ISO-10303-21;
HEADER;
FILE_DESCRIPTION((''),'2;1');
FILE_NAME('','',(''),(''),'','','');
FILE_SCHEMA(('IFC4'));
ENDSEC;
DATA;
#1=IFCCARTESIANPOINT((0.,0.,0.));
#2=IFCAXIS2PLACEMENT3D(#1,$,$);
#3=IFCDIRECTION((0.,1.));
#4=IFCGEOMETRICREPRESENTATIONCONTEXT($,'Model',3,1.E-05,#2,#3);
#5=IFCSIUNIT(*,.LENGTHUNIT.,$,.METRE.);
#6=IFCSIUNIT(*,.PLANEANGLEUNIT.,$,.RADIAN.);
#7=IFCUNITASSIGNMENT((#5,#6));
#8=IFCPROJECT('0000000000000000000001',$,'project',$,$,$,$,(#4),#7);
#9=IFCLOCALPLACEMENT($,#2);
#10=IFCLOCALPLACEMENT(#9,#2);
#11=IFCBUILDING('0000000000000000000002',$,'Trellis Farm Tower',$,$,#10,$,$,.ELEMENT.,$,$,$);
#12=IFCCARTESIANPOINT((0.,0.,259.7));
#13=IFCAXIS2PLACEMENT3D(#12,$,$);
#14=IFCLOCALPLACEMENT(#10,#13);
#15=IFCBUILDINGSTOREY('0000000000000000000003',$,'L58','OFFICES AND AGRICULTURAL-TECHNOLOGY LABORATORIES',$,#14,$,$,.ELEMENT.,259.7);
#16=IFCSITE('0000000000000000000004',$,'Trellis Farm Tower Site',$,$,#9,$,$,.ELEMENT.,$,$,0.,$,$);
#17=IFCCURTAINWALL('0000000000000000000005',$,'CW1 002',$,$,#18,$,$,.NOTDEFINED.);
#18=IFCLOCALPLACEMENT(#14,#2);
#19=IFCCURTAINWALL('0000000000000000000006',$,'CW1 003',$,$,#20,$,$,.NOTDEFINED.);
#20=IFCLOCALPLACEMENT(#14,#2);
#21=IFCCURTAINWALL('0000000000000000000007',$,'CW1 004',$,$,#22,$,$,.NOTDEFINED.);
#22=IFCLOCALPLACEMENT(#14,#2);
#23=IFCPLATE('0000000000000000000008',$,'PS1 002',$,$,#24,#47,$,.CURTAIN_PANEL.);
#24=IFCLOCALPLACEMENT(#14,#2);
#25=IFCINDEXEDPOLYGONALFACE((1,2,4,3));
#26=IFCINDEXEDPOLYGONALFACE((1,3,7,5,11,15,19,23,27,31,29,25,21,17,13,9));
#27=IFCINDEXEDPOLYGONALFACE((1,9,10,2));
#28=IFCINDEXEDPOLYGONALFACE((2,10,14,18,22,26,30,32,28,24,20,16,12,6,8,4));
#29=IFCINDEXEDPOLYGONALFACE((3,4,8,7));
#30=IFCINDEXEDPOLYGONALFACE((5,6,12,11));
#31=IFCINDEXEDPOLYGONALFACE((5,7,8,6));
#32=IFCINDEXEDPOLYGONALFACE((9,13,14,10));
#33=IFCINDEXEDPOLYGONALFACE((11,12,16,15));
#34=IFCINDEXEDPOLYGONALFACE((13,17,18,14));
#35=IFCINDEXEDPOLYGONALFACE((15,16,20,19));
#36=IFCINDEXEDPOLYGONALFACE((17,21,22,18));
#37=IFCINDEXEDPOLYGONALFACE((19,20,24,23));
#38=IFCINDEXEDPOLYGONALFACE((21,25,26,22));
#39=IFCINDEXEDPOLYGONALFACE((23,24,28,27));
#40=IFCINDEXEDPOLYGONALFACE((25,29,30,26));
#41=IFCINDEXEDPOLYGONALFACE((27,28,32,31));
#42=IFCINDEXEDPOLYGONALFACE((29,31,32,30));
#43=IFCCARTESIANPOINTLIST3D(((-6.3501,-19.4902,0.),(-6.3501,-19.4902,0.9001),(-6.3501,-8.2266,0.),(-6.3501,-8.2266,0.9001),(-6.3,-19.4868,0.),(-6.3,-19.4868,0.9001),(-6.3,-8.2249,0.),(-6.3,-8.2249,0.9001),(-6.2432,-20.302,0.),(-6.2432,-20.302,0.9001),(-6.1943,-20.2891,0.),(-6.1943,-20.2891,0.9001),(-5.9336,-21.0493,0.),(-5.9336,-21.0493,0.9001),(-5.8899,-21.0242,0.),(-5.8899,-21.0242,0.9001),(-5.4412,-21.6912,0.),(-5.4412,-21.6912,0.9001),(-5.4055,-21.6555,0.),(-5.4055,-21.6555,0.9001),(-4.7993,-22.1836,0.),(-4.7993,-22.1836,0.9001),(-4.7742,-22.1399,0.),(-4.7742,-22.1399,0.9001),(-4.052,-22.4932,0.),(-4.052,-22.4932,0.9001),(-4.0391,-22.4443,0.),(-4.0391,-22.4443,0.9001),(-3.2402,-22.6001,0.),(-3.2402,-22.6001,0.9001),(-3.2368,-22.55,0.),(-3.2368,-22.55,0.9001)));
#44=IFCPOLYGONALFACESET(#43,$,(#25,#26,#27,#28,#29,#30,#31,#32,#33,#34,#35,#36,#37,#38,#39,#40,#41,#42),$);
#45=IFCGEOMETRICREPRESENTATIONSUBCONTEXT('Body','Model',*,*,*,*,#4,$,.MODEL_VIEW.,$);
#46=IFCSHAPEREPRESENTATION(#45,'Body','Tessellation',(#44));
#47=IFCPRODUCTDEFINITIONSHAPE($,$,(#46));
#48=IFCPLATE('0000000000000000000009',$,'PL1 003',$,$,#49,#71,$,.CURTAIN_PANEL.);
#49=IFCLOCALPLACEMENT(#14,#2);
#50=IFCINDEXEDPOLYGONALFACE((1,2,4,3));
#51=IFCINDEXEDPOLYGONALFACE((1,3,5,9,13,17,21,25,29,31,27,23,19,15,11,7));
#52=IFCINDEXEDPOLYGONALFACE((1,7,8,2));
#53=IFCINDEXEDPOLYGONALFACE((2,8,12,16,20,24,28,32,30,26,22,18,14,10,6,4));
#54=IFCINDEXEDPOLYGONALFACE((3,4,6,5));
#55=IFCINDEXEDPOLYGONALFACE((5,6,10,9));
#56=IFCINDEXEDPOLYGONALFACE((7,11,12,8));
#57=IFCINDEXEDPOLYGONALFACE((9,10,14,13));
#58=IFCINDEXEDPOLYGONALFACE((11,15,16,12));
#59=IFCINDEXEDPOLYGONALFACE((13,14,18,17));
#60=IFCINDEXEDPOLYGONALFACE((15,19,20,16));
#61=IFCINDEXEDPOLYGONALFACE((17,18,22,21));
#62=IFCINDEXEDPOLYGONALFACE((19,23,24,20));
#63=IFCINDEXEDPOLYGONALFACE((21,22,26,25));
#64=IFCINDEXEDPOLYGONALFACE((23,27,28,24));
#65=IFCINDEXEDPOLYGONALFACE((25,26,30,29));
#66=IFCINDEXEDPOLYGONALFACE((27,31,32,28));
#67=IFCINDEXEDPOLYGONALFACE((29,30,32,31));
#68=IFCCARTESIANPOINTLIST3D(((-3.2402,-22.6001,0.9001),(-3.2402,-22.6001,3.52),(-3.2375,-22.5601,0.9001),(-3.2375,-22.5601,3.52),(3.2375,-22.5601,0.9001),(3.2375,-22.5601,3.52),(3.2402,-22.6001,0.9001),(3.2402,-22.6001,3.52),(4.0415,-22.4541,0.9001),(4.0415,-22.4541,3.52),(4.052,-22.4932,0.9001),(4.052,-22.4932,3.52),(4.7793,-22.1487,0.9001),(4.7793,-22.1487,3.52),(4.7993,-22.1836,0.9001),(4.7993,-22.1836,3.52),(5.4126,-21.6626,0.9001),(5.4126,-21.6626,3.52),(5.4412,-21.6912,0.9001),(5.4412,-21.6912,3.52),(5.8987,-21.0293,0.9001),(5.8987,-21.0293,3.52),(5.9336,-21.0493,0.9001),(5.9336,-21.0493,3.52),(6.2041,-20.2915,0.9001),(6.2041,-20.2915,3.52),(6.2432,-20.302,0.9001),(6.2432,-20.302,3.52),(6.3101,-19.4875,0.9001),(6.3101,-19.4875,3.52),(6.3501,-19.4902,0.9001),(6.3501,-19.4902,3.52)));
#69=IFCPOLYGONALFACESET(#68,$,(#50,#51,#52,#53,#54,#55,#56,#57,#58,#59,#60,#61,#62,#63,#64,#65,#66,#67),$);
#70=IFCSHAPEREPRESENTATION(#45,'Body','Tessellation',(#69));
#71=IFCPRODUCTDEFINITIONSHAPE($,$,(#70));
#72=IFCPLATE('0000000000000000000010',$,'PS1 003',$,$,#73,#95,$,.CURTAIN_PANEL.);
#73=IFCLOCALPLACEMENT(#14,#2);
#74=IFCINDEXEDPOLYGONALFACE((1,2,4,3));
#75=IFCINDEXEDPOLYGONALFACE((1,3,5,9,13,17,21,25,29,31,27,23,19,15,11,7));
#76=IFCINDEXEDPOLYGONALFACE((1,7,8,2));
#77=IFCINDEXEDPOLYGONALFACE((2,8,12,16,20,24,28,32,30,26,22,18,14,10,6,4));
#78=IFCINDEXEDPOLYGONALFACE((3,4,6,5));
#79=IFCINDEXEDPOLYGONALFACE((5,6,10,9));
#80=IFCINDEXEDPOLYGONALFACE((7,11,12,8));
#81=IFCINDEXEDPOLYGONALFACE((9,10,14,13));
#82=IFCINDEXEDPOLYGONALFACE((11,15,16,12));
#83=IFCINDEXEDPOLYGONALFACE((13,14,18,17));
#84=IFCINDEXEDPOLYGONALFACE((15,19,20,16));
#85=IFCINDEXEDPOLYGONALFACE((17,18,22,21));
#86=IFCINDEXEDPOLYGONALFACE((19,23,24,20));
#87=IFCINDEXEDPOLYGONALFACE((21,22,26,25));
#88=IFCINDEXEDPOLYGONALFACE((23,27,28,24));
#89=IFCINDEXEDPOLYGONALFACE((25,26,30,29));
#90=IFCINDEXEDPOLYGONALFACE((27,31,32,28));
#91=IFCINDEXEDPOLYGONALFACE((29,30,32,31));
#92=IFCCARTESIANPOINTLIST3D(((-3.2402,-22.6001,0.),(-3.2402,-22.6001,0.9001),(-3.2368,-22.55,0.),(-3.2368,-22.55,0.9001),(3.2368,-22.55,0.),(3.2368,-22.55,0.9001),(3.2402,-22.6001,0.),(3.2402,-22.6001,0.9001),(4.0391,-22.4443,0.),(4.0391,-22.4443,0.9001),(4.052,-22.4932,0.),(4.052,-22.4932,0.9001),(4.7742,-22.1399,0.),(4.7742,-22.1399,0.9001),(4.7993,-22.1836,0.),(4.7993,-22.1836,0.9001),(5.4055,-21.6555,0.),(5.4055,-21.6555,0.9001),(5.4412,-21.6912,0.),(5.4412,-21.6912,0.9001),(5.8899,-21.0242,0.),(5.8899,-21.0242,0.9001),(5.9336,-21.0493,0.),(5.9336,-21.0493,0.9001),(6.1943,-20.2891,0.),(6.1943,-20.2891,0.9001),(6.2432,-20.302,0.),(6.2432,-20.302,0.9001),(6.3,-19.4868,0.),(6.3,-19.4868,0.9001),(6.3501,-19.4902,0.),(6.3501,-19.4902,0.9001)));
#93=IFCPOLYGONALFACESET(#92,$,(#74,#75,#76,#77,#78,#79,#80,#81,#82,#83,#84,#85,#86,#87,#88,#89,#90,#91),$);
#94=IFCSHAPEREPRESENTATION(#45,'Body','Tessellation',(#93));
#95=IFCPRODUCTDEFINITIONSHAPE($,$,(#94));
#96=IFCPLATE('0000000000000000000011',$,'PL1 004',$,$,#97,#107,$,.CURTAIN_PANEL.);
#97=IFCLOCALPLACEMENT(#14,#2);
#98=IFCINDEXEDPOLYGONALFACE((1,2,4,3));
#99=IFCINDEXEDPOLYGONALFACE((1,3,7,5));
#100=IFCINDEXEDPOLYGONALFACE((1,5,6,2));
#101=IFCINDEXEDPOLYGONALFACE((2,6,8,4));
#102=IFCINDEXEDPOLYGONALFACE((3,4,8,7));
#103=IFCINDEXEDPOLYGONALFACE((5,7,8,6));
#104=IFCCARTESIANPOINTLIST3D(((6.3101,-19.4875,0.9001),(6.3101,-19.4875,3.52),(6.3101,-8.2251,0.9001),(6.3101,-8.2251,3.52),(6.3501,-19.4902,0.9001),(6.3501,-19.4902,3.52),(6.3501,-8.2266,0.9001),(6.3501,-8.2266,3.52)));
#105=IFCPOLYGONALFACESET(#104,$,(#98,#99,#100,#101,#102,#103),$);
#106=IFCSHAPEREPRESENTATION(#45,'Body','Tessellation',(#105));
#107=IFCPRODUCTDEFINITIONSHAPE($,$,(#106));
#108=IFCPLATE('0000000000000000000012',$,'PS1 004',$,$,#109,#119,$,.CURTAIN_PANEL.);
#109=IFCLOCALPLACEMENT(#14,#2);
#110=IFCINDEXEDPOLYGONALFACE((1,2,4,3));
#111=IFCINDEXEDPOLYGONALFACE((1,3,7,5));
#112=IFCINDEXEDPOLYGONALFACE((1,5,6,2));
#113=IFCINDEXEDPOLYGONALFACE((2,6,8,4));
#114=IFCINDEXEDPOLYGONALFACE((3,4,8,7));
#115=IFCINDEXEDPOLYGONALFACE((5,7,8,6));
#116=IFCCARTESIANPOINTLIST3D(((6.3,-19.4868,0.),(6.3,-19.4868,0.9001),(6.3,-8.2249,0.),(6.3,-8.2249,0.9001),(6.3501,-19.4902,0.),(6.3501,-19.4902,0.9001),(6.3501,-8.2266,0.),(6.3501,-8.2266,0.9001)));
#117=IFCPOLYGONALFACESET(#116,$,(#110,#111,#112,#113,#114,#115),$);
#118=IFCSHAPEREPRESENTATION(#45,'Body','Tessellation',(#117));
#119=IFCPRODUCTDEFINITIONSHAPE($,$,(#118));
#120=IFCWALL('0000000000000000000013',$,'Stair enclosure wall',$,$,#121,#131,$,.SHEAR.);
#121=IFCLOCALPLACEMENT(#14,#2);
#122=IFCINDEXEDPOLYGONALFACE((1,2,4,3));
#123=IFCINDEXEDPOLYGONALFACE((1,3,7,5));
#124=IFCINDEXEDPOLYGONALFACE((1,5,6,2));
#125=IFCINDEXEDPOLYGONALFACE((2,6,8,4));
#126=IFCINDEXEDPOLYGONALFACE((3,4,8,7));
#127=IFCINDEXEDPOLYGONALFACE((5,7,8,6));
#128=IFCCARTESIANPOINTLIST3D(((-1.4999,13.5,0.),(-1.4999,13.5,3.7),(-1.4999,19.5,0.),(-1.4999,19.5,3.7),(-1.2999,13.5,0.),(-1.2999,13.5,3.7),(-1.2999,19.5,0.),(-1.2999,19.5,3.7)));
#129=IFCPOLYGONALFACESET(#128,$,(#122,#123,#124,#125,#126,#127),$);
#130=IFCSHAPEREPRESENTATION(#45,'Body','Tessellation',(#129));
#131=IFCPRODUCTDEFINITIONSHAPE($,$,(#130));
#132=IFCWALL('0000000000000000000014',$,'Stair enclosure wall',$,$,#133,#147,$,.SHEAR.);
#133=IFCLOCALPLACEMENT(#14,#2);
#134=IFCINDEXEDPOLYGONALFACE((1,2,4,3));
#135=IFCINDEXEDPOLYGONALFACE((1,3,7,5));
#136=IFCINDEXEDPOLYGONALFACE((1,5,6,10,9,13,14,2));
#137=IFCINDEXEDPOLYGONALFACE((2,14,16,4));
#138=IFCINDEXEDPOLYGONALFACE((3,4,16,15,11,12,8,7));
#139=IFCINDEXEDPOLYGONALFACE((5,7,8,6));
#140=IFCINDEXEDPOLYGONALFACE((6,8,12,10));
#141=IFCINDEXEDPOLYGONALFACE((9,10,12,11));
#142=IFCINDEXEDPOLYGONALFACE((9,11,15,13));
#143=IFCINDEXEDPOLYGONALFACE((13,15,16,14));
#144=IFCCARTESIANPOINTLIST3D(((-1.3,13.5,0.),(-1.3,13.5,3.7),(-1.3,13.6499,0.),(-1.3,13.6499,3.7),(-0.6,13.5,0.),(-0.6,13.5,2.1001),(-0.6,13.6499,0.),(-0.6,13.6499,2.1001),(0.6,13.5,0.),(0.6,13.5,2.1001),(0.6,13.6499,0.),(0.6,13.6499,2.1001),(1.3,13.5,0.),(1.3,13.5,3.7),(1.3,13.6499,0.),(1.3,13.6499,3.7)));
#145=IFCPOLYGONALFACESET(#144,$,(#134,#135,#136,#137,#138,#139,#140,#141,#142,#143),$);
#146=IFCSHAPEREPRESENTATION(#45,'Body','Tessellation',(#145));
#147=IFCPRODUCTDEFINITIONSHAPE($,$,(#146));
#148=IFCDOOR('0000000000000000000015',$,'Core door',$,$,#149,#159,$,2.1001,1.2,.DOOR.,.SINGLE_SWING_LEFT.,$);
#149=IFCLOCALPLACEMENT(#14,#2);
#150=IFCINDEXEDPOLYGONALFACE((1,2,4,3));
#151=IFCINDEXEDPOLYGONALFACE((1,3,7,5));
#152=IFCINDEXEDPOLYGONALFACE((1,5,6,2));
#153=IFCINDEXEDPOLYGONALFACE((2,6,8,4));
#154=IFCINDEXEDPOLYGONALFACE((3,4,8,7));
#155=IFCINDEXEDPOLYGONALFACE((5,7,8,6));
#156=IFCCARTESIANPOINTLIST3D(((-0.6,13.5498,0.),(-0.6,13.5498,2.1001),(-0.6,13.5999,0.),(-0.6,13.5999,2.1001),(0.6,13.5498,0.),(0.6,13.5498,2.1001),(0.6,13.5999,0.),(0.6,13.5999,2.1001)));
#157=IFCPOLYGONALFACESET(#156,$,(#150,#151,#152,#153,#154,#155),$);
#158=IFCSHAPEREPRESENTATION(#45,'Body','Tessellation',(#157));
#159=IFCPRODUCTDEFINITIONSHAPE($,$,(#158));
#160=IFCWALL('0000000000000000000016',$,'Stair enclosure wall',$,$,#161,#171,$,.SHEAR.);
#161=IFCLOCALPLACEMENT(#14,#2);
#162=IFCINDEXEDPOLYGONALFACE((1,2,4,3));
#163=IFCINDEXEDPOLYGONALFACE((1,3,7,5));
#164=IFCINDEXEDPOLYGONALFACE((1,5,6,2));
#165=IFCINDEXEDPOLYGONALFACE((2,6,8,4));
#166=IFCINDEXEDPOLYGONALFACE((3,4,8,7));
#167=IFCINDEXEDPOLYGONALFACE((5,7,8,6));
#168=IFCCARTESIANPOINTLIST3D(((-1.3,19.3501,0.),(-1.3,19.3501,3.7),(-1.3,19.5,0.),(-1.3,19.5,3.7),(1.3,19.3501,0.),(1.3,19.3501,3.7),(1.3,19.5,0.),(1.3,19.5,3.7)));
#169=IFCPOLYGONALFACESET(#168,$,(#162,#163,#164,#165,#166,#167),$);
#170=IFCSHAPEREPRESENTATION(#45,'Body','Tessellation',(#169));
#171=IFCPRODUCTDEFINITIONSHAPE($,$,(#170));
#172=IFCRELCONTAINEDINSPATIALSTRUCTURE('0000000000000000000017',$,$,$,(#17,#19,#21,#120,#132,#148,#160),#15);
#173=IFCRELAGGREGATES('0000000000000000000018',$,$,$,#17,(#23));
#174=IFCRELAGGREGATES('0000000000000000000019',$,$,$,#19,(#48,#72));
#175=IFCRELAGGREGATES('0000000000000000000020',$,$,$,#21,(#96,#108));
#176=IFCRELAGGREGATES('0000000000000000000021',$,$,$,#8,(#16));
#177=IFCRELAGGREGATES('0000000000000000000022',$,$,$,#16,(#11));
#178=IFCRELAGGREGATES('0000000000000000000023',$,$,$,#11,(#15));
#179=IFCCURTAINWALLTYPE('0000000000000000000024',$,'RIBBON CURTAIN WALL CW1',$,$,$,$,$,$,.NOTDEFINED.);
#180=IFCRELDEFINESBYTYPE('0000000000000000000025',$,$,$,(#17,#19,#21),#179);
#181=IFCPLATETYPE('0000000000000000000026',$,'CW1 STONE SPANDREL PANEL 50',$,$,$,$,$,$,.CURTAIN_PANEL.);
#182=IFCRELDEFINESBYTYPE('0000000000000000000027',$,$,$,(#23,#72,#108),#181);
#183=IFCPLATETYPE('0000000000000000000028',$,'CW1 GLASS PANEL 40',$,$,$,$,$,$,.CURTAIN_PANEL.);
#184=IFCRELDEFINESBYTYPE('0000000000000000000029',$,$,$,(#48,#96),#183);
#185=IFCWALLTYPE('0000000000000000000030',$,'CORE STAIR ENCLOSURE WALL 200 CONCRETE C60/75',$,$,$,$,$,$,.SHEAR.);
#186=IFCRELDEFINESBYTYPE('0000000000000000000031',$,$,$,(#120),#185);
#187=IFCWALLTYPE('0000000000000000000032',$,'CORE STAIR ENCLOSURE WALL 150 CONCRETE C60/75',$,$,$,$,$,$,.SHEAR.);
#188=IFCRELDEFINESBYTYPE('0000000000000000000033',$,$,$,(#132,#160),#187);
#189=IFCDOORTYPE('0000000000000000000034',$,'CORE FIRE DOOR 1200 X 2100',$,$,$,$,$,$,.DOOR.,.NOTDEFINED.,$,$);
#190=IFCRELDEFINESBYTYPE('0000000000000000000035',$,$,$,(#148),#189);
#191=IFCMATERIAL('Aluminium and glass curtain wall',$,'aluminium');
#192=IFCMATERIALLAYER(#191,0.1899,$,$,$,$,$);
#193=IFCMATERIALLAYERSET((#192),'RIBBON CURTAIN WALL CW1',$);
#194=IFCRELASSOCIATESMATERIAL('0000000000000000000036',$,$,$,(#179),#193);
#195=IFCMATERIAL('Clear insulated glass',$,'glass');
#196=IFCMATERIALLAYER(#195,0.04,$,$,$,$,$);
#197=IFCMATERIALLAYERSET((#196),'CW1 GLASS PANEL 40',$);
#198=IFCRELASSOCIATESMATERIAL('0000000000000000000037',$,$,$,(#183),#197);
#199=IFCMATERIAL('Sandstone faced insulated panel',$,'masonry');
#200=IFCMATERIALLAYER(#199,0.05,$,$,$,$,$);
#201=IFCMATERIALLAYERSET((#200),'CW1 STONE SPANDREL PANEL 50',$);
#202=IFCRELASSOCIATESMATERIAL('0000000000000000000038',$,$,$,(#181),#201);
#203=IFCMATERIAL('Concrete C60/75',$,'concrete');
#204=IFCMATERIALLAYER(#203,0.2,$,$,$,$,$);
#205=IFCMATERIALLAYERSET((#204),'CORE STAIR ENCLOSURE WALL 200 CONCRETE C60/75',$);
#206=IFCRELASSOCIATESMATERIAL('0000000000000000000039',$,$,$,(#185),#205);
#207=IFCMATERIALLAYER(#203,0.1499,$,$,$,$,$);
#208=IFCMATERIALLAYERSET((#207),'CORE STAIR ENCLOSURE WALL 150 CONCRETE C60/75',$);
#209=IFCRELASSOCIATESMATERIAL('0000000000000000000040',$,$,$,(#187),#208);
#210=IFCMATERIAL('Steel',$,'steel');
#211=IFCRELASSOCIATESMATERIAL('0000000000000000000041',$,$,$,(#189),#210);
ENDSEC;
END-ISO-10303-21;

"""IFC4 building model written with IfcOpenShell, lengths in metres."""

from ifc_helpers import new_model, si_unit, direction, frame, frame_2d, origin, place, context, subcontext, project, spatial, polyline, rectangle, outline, extrude, source, transform, mapped, material, layer, layer_set, type_object, element, fill, aggregate, save


model = new_model("IFC4")

# Units and contexts
model_context = context("Model", 3, precision=1e-05, world=origin(), true_north=direction((0.0, 1.0)))
body_context = subcontext(model_context, "Body", "Model", "MODEL_VIEW")
ifc_project = project(units=[si_unit("LENGTHUNIT", "METRE"), si_unit("PLANEANGLEUNIT", "RADIAN")], contexts=[model_context])

# Site, building, storey
site_placement = place(None, origin())
site = spatial("IfcSite", under=ifc_project, at=site_placement, Name="Trellis Farm Tower Site", CompositionType="ELEMENT", RefElevation=0.0)
building_placement = place(site_placement, origin())
building = spatial("IfcBuilding", under=site, at=building_placement, Name="Trellis Farm Tower", CompositionType="ELEMENT")
storey_placement = place(building_placement, frame((0.0, 0.0, 259.7)))
storey = spatial("IfcBuildingStorey", under=building, at=storey_placement, Name="L58", Description="OFFICES AND AGRICULTURAL-TECHNOLOGY LABORATORIES", CompositionType="ELEMENT", Elevation=259.7)

# Shared definitions
ifc_material_1 = material(Name="Concrete C60/75", Category="concrete")

# Curtain walls
ifc_material_2 = material(Name="Aluminium and glass curtain wall", Category="aluminium")
placement_1 = place(storey_placement, origin())
ifc_layer_1 = layer(ifc_material_2, 0.1899)
ifc_layer_set_1 = layer_set([ifc_layer_1], Name="RIBBON CURTAIN WALL CW1")
curtain_wall_type_1 = type_object("IfcCurtainWallType", Name="RIBBON CURTAIN WALL CW1", PredefinedType="NOTDEFINED", material=ifc_layer_set_1)
curtain_wall_1 = element("IfcCurtainWall", 1, at=placement_1, inside=storey, type_object=curtain_wall_type_1, Name="CW1 002", PredefinedType="NOTDEFINED")
curtain_wall_2 = element("IfcCurtainWall", 2, at=placement_1, inside=storey, type_object=curtain_wall_type_1, Name="CW1 003", PredefinedType="NOTDEFINED")
curtain_wall_3 = element("IfcCurtainWall", 3, at=placement_1, inside=storey, type_object=curtain_wall_type_1, Name="CW1 004", PredefinedType="NOTDEFINED")

# Plates
ifc_material_3 = material(Name="Clear insulated glass", Category="glass")
ifc_layer_2 = layer(ifc_material_3, 0.04)
ifc_layer_set_2 = layer_set([ifc_layer_2], Name="CW1 GLASS PANEL 40")
plate_type_1 = type_object("IfcPlateType", Name="CW1 GLASS PANEL 40", PredefinedType="CURTAIN_PANEL", material=ifc_layer_set_2)
placement_2 = place(storey_placement, frame((0.0, 0.0, 0.9001)))
ifc_material_4 = material(Name="Sandstone faced insulated panel", Category="masonry")
ifc_layer_3 = layer(ifc_material_4, 0.05)
ifc_layer_set_3 = layer_set([ifc_layer_3], Name="CW1 STONE SPANDREL PANEL 50")
plate_type_2 = type_object("IfcPlateType", Name="CW1 STONE SPANDREL PANEL 50", PredefinedType="CURTAIN_PANEL", material=ifc_layer_set_3)
shared_shape_1 = source(origin(), body_context, "Body", "SweptSolid", [
    extrude(outline(polyline([(-6.3501, -8.2266), (-6.3501, -19.4902), (-6.2432, -20.302), (-5.9336, -21.0493), (-5.4412, -21.6912), (-4.7993, -22.1836), (-4.052, -22.4932), (-3.2402, -22.6001), (-3.2368, -22.55), (-4.0391, -22.4443), (-4.7742, -22.1399), (-5.4055, -21.6555), (-5.8899, -21.0242), (-6.1943, -20.2891), (-6.3, -19.4868), (-6.3, -8.2249), (-6.3501, -8.2266)])), origin(), (0.0, 0.0, 1.0), 0.9001),
])
plate_1 = element("IfcPlate", 4, at=placement_1, type_object=plate_type_2, Name="PS1 002", PredefinedType="CURTAIN_PANEL", context=body_context, shape_type="MappedRepresentation", body=[
    mapped(shared_shape_1, transform((0.0, 0.0, 0.0))),
])
aggregate(curtain_wall_1, [plate_1])
shared_shape_2 = source(origin(), body_context, "Body", "SweptSolid", [
    extrude(outline(polyline([(-3.2402, -22.6001), (3.2402, -22.6001), (4.052, -22.4932), (4.7993, -22.1836), (5.4412, -21.6912), (5.9336, -21.0493), (6.2432, -20.302), (6.3501, -19.4902), (6.3101, -19.4875), (6.2041, -20.2915), (5.8987, -21.0293), (5.4126, -21.6626), (4.7793, -22.1487), (4.0415, -22.4541), (3.2375, -22.5601), (-3.2375, -22.5601), (-3.2402, -22.6001)])), origin(), (0.0, 0.0, 1.0), 2.6199),
])
plate_2 = element("IfcPlate", 5, at=placement_2, type_object=plate_type_1, Name="PL1 003", PredefinedType="CURTAIN_PANEL", context=body_context, shape_type="MappedRepresentation", body=[
    mapped(shared_shape_2, transform((0.0, 0.0, 0.0))),
])
shared_shape_3 = source(origin(), body_context, "Body", "SweptSolid", [
    extrude(outline(polyline([(-3.2402, -22.6001), (3.2402, -22.6001), (4.052, -22.4932), (4.7993, -22.1836), (5.4412, -21.6912), (5.9336, -21.0493), (6.2432, -20.302), (6.3501, -19.4902), (6.3, -19.4868), (6.1943, -20.2891), (5.8899, -21.0242), (5.4055, -21.6555), (4.7742, -22.1399), (4.0391, -22.4443), (3.2368, -22.55), (-3.2368, -22.55), (-3.2402, -22.6001)])), origin(), (0.0, 0.0, 1.0), 0.9001),
])
plate_3 = element("IfcPlate", 6, at=placement_1, type_object=plate_type_2, Name="PS1 003", PredefinedType="CURTAIN_PANEL", context=body_context, shape_type="MappedRepresentation", body=[
    mapped(shared_shape_3, transform((0.0, 0.0, 0.0))),
])
aggregate(curtain_wall_2, [plate_2, plate_3])
shared_shape_4 = source(origin(), body_context, "Body", "SweptSolid", [
    extrude(outline(polyline([(6.3501, -19.4902), (6.3501, -8.2266), (6.3101, -8.2251), (6.3101, -19.4875), (6.3501, -19.4902)])), origin(), (0.0, 0.0, 1.0), 2.6199),
])
plate_4 = element("IfcPlate", 7, at=placement_2, type_object=plate_type_1, Name="PL1 004", PredefinedType="CURTAIN_PANEL", context=body_context, shape_type="MappedRepresentation", body=[
    mapped(shared_shape_4, transform((0.0, 0.0, 0.0))),
])
shared_shape_5 = source(origin(), body_context, "Body", "SweptSolid", [
    extrude(outline(polyline([(6.3501, -19.4902), (6.3501, -8.2266), (6.3, -8.2249), (6.3, -19.4868), (6.3501, -19.4902)])), origin(), (0.0, 0.0, 1.0), 0.9001),
])
plate_5 = element("IfcPlate", 8, at=placement_1, type_object=plate_type_2, Name="PS1 004", PredefinedType="CURTAIN_PANEL", context=body_context, shape_type="MappedRepresentation", body=[
    mapped(shared_shape_5, transform((0.0, 0.0, 0.0))),
])
aggregate(curtain_wall_3, [plate_4, plate_5])

# Wall
ifc_layer_4 = layer(ifc_material_1, 0.2)
ifc_layer_set_4 = layer_set([ifc_layer_4], Name="CORE STAIR ENCLOSURE WALL 200 CONCRETE C60/75")
wall_type_1 = type_object("IfcWallType", Name="CORE STAIR ENCLOSURE WALL 200 CONCRETE C60/75", PredefinedType="SHEAR", material=ifc_layer_set_4)
shared_shape_6 = source(origin(), body_context, "Body", "SweptSolid", [
    extrude(rectangle(XDim=6.0, YDim=0.2, at=frame_2d((3.0, 0.0))), origin(), (0.0, 0.0, 1.0), 3.7),
])
wall_1_placement = place(storey_placement, frame((-1.3999, 13.5, 0.0), z_axis=(0.0, 0.0, 1.0), x_axis=(0.0, 1.0, 0.0)))
element("IfcWall", 9, at=wall_1_placement, inside=storey, type_object=wall_type_1, Name="Stair enclosure wall", PredefinedType="SHEAR", context=body_context, shape_type="MappedRepresentation", body=[
    mapped(shared_shape_6, transform((0.0, 0.0, 0.0))),
])

# Wall, opening, door
ifc_layer_5 = layer(ifc_material_1, 0.1499)
ifc_layer_set_5 = layer_set([ifc_layer_5], Name="CORE STAIR ENCLOSURE WALL 150 CONCRETE C60/75")
wall_type_2 = type_object("IfcWallType", Name="CORE STAIR ENCLOSURE WALL 150 CONCRETE C60/75", PredefinedType="SHEAR", material=ifc_layer_set_5)
shared_shape_7 = source(origin(), body_context, "Body", "SweptSolid", [
    extrude(rectangle(XDim=2.6001, YDim=0.1499, at=frame_2d((1.3, 0.0))), origin(), (0.0, 0.0, 1.0), 3.7),
])
wall_2_placement = place(storey_placement, frame((-1.3, 13.575, 0.0), z_axis=(0.0, 0.0, 1.0), x_axis=(1.0, 0.0, 0.0)))
wall_2 = element("IfcWall", 10, at=wall_2_placement, inside=storey, type_object=wall_type_2, Name="Stair enclosure wall", PredefinedType="SHEAR", context=body_context, shape_type="MappedRepresentation", body=[
    mapped(shared_shape_7, transform((0.0, 0.0, 0.0))),
])
shared_shape_8 = source(origin(), body_context, "Body", "SweptSolid", [
    extrude(rectangle(XDim=1.2, YDim=2.1001, at=frame_2d((0.6001, 1.05))), frame((0.0, 0.085, 0.0), z_axis=(0.0, -1.0, 0.0), x_axis=(1.0, 0.0, 0.0)), (0.0, 0.0, 1.0), 0.1699),
])
opening_1_placement = place(wall_2_placement, frame((0.7, 0.0, 0.0)))
opening_1 = element("IfcOpeningElement", 11, at=opening_1_placement, cuts=wall_2, PredefinedType="OPENING", context=body_context, shape_type="MappedRepresentation", body=[
    mapped(shared_shape_8, transform((0.0, 0.0, 0.0))),
])
ifc_material_5 = material(Name="Steel", Category="steel")
door_type_1 = type_object("IfcDoorType", Name="CORE FIRE DOOR 1200 X 2100", OperationType="NOTDEFINED", PredefinedType="DOOR", material=ifc_material_5)
shared_shape_9 = source(origin(), body_context, "Body", "SweptSolid", [
    extrude(rectangle(XDim=1.2, YDim=2.1001, at=frame_2d((0.6001, 1.05))), frame((0.0, 0.0249, 0.0), z_axis=(0.0, -1.0, 0.0), x_axis=(1.0, 0.0, 0.0)), (0.0, 0.0, 1.0), 0.05),
])
door_1_placement = place(opening_1_placement, origin())
door_1 = element("IfcDoor", 12, at=door_1_placement, inside=storey, type_object=door_type_1, Name="Core door", OperationType="SINGLE_SWING_LEFT", OverallHeight=2.1001, OverallWidth=1.2, PredefinedType="DOOR", context=body_context, shape_type="MappedRepresentation", body=[
    mapped(shared_shape_9, transform((0.0, 0.0, 0.0))),
])
fill(opening_1, door_1)

# Wall
wall_3_placement = place(storey_placement, frame((-1.3, 19.425, 0.0), z_axis=(0.0, 0.0, 1.0), x_axis=(1.0, 0.0, 0.0)))
element("IfcWall", 13, at=wall_3_placement, inside=storey, type_object=wall_type_2, Name="Stair enclosure wall", PredefinedType="SHEAR", context=body_context, shape_type="MappedRepresentation", body=[
    mapped(shared_shape_7, transform((0.0, 0.0, 0.0))),
])

save(model, "model.ifc")
